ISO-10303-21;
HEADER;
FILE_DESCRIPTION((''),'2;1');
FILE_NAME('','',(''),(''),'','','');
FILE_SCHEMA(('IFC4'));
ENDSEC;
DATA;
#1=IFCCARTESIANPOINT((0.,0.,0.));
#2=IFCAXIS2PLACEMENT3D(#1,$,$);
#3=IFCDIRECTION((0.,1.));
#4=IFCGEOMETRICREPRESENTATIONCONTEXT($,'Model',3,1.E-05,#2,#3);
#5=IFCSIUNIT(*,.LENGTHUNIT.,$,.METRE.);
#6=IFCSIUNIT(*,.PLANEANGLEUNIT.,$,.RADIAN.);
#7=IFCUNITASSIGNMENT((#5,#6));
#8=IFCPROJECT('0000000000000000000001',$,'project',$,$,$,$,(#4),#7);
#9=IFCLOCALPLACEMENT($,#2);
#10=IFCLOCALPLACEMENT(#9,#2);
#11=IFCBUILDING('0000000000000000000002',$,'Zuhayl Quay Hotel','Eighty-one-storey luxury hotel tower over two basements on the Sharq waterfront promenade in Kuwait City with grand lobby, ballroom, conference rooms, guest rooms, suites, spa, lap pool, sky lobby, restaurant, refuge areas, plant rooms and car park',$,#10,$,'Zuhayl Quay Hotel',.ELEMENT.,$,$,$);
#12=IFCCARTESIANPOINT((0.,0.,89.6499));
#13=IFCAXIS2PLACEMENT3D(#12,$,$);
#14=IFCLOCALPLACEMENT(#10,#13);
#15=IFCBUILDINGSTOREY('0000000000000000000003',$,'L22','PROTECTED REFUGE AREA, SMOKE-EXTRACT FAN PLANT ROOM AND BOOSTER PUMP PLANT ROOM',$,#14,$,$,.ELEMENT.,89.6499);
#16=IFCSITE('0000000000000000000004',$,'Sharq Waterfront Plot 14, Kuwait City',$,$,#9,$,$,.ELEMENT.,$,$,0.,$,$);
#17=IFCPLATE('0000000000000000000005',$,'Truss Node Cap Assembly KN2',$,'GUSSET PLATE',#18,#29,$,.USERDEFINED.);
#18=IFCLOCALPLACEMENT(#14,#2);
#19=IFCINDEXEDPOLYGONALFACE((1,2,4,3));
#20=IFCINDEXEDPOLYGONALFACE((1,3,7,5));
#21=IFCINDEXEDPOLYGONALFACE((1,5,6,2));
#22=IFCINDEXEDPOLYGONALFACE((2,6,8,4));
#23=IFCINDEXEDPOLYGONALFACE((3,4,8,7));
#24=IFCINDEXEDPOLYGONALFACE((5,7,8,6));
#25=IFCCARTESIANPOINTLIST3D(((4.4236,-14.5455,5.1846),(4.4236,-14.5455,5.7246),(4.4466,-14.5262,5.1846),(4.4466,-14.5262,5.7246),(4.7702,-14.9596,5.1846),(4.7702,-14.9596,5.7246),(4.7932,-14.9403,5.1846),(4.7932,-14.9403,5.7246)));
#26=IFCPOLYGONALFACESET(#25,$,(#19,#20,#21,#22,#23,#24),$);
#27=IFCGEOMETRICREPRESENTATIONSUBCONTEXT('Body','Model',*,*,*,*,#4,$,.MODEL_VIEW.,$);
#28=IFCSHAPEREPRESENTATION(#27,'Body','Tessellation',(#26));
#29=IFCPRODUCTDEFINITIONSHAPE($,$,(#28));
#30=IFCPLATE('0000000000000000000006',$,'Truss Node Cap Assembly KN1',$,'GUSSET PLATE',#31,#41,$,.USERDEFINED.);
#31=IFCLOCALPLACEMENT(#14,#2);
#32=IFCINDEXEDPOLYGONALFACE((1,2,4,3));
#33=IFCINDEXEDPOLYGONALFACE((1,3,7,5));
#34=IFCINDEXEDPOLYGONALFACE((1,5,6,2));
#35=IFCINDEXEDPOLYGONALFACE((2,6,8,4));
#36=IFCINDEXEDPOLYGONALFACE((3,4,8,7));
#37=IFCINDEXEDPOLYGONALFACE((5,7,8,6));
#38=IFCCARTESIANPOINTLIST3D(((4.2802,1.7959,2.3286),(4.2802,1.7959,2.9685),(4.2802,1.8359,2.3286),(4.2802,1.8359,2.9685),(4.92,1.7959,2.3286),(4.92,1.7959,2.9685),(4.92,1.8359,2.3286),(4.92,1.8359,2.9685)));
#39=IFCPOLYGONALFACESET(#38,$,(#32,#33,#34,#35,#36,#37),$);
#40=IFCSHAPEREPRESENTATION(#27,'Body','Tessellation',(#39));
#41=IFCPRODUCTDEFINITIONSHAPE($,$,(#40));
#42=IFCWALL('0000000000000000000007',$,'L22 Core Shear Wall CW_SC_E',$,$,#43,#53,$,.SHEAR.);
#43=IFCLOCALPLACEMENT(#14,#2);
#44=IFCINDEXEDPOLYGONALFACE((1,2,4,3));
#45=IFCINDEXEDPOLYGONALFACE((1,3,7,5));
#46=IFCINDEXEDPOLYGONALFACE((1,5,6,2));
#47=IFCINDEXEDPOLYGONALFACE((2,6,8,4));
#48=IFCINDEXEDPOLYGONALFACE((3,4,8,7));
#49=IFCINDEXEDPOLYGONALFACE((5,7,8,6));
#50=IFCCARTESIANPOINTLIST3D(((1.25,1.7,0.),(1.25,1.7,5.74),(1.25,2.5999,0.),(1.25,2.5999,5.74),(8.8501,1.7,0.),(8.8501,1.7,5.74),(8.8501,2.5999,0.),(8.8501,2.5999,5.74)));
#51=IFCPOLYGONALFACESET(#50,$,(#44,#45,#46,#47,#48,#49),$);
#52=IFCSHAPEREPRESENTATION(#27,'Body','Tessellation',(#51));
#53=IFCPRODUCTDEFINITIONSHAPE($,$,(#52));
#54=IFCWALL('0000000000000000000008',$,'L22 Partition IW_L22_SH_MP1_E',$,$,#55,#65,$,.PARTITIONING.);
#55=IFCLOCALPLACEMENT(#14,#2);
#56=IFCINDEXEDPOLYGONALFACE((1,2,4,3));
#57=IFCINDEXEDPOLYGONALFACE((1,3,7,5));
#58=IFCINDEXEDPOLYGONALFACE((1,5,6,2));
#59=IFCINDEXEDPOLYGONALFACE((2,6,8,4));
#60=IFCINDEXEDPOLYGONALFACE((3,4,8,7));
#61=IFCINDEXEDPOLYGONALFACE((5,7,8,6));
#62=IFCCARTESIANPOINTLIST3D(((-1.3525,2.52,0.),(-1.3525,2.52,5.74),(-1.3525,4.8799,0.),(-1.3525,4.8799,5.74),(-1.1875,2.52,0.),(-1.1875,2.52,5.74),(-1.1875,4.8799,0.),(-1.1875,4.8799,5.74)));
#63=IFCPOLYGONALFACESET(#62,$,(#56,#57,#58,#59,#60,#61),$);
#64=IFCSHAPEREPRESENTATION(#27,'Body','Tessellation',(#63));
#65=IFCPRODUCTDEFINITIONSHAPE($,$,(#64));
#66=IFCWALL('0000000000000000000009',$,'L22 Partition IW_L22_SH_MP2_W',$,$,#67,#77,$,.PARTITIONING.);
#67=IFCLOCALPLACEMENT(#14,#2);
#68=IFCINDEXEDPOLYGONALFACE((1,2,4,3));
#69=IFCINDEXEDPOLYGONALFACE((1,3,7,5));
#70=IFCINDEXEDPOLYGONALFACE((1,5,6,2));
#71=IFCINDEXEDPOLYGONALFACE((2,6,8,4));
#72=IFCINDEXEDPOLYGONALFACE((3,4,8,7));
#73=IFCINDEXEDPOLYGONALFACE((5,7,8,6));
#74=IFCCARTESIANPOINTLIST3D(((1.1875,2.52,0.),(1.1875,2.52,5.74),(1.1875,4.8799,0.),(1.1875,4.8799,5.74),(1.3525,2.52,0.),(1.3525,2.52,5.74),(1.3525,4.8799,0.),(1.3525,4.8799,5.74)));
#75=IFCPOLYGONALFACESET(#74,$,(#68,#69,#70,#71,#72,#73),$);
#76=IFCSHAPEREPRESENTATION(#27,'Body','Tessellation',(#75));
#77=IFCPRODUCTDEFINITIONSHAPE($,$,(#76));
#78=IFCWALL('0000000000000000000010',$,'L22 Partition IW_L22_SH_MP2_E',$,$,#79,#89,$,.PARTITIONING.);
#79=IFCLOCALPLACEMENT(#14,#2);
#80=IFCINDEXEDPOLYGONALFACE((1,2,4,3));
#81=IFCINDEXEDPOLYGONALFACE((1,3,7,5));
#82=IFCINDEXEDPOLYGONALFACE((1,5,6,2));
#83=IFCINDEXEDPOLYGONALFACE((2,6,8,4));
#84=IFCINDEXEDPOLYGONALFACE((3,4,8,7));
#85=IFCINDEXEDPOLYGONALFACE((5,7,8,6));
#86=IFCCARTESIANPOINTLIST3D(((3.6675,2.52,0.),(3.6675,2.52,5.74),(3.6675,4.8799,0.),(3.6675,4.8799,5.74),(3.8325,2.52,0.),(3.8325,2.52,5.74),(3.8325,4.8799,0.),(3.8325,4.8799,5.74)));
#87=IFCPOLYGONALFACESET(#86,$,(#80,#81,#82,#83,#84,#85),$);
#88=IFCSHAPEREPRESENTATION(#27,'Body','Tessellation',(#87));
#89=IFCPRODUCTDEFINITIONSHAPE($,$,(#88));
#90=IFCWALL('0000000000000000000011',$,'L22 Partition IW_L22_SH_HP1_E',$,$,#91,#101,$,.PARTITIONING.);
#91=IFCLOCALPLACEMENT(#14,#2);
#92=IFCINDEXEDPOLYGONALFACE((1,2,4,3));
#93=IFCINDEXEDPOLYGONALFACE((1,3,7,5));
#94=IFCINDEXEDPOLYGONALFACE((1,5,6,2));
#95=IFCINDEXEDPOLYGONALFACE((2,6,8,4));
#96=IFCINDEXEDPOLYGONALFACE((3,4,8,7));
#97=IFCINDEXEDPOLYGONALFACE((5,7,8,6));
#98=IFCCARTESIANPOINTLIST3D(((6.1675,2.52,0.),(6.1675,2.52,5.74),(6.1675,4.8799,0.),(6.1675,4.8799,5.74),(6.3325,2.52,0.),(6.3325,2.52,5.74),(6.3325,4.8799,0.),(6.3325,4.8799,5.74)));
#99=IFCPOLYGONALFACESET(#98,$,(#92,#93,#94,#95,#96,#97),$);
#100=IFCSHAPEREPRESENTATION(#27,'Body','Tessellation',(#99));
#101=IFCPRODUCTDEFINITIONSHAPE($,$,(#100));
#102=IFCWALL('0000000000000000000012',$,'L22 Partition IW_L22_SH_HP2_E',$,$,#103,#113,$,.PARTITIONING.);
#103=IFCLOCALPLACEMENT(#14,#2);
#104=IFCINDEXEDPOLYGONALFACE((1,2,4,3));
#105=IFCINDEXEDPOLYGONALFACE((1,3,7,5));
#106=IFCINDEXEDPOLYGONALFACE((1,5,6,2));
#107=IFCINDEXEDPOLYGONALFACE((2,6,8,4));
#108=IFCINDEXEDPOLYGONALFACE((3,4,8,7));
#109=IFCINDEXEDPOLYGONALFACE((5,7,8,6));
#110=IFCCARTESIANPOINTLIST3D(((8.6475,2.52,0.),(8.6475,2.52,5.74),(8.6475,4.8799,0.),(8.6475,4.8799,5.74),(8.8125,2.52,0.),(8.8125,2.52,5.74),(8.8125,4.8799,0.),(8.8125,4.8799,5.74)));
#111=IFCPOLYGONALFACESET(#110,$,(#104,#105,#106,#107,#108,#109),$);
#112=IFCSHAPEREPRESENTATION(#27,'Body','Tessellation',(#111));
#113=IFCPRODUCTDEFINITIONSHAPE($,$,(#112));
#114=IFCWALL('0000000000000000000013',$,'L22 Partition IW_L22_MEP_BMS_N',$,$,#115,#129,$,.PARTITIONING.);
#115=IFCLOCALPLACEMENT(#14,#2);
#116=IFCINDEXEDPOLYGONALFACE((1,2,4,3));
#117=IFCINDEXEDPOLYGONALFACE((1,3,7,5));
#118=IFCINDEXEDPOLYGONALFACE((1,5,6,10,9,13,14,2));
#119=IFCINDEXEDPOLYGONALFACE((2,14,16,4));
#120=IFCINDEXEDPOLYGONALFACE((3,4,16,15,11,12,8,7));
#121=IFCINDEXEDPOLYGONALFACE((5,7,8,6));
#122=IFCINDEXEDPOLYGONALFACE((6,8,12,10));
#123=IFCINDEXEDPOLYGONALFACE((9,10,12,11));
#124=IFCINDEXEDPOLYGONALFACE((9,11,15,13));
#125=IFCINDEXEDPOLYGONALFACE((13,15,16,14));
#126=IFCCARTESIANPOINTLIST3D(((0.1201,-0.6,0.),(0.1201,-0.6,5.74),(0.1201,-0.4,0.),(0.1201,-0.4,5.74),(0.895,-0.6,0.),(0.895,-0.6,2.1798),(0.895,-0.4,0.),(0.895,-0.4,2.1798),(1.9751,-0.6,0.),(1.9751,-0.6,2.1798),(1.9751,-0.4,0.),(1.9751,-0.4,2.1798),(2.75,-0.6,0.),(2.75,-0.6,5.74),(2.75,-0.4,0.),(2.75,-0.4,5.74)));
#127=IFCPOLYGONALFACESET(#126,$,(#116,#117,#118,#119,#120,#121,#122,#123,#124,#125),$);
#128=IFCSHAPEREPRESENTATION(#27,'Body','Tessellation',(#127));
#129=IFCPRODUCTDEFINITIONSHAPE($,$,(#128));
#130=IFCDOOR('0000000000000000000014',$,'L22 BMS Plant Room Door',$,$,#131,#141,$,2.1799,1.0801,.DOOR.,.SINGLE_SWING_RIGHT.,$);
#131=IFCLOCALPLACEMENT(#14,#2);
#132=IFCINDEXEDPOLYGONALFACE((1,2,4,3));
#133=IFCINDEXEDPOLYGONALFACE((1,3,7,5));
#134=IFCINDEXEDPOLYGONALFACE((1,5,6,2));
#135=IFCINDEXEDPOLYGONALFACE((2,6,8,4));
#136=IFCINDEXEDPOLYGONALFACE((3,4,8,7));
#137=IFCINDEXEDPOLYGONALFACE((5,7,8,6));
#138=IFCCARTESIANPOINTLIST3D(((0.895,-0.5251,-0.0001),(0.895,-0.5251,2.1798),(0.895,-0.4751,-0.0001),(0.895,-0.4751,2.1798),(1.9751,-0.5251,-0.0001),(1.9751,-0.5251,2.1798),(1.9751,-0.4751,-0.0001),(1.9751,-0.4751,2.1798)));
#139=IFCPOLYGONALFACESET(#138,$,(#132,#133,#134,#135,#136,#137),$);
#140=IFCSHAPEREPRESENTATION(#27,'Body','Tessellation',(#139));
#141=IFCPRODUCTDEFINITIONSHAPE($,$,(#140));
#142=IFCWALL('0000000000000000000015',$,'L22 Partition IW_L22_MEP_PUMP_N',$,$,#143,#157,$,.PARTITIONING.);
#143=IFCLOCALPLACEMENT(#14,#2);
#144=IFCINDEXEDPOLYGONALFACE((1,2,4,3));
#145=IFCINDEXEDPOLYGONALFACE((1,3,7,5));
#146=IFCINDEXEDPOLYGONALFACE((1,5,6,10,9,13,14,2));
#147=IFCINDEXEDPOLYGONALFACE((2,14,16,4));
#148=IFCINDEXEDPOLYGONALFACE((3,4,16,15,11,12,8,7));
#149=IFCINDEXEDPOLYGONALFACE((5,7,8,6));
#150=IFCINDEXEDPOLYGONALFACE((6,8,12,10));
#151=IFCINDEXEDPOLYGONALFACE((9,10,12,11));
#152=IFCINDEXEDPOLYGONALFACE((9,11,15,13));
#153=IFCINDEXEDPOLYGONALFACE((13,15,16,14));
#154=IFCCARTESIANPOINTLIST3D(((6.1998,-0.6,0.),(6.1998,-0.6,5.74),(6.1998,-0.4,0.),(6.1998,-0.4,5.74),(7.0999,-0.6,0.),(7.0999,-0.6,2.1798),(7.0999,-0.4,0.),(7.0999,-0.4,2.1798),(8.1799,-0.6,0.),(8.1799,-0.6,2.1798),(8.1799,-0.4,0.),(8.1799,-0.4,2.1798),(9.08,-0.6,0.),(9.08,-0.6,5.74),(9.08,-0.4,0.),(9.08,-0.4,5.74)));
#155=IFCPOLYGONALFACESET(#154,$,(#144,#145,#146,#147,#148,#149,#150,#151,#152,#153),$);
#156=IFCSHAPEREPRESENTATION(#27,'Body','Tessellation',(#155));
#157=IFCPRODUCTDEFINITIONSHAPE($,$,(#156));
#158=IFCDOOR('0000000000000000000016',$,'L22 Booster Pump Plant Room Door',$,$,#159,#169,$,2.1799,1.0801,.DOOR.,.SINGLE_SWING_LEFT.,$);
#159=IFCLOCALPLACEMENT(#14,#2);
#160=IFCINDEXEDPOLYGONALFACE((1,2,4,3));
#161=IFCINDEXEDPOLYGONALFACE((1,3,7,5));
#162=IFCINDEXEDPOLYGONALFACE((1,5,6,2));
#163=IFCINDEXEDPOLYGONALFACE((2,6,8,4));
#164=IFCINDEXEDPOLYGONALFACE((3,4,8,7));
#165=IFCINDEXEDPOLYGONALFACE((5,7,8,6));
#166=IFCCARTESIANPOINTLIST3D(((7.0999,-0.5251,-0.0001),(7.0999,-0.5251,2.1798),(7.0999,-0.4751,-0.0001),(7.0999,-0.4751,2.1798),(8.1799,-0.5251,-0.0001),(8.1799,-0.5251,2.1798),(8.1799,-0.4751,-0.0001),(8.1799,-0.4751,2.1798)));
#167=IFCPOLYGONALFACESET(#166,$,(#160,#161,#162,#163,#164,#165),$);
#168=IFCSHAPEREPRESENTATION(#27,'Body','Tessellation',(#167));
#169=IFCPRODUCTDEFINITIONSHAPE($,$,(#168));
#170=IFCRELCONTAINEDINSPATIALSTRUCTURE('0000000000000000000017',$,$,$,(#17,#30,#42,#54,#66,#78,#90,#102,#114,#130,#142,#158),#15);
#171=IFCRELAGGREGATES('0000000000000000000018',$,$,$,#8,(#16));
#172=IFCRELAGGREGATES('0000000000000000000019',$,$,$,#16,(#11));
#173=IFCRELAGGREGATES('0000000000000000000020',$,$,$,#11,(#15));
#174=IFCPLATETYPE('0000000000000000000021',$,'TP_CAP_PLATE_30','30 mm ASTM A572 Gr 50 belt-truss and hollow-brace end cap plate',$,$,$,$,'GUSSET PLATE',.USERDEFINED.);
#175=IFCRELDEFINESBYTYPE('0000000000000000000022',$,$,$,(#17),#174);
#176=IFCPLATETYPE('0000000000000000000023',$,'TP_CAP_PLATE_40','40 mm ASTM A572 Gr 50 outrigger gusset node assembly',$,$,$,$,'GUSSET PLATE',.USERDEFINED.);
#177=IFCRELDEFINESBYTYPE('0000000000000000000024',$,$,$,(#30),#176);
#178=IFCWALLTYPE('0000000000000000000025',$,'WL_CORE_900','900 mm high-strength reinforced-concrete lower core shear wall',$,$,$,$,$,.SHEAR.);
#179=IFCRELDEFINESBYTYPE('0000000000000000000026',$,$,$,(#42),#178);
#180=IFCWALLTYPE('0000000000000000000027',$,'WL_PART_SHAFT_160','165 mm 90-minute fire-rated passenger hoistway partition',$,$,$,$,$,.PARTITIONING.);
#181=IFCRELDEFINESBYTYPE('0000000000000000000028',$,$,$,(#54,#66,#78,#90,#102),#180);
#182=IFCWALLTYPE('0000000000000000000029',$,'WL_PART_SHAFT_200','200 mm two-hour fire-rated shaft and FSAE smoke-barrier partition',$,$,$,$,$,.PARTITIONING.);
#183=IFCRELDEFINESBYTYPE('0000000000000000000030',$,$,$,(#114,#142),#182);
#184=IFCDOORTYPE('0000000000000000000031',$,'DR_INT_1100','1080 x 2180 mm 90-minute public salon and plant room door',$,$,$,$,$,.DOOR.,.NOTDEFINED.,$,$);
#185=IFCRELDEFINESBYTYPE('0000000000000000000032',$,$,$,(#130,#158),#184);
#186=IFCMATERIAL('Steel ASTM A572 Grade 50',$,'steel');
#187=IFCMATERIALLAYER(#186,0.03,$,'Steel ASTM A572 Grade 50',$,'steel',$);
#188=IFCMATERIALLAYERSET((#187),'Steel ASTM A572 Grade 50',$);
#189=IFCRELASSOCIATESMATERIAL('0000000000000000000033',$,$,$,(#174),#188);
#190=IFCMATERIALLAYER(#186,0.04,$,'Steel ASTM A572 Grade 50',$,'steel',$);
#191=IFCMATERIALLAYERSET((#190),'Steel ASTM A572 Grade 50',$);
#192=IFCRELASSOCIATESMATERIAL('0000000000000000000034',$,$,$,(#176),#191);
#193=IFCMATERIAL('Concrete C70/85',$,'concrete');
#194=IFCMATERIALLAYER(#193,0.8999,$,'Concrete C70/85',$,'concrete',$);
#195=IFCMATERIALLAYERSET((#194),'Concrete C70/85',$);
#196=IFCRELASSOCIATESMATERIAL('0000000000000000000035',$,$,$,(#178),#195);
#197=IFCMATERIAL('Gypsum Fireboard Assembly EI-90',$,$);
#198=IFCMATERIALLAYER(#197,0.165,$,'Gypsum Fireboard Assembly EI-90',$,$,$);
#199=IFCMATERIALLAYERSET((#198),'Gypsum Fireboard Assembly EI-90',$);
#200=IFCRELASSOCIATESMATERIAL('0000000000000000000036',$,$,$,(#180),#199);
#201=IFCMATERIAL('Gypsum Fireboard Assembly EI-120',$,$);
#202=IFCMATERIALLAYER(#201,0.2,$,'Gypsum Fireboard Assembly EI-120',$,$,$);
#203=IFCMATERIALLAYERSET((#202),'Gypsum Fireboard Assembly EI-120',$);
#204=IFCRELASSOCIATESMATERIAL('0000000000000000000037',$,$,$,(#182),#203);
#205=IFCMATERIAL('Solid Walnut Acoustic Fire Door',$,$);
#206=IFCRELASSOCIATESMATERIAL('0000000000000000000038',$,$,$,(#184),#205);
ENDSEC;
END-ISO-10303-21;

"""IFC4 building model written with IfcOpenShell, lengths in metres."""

from ifc_helpers import new_model, si_unit, direction, frame, frame_2d, origin, origin_2d, place, context, subcontext, project, spatial, rectangle, extrude, material, layer, layer_set, type_object, element, fill, save


model = new_model("IFC4")

# Units and contexts
model_context = context("Model", 3, precision=1e-05, world=origin(), true_north=direction((0.0, 1.0)))
body_context = subcontext(model_context, "Body", "Model", "MODEL_VIEW")
ifc_project = project(units=[si_unit("LENGTHUNIT", "METRE"), si_unit("PLANEANGLEUNIT", "RADIAN")], contexts=[model_context])

# Site, building, storey
site_placement = place(None, origin())
site = spatial("IfcSite", under=ifc_project, at=site_placement, Name="Sharq Waterfront Plot 14, Kuwait City", CompositionType="ELEMENT", RefElevation=0.0)
building_placement = place(site_placement, origin())
building = spatial("IfcBuilding", under=site, at=building_placement, Name="Zuhayl Quay Hotel", Description="Eighty-one-storey luxury hotel tower over two basements on the Sharq waterfront promenade in Kuwait City with grand lobby, ballroom, conference rooms, guest rooms, suites, spa, lap pool, sky lobby, restaurant, refuge areas, plant rooms and car park", LongName="Zuhayl Quay Hotel", CompositionType="ELEMENT")
storey_placement = place(building_placement, frame((0.0, 0.0, 89.6499)))
storey = spatial("IfcBuildingStorey", under=building, at=storey_placement, Name="L22", Description="PROTECTED REFUGE AREA, SMOKE-EXTRACT FAN PLANT ROOM AND BOOSTER PUMP PLANT ROOM", CompositionType="ELEMENT", Elevation=89.6499)

# Shared definitions
ifc_material_1 = material(Name="Concrete C70/85", Category="concrete")

# Plates
ifc_material_2 = material(Name="Steel ASTM A572 Grade 50", Category="steel")
ifc_layer_1 = layer(ifc_material_2, 0.03, Name="Steel ASTM A572 Grade 50", Category="steel")
ifc_layer_set_1 = layer_set([ifc_layer_1], Name="Steel ASTM A572 Grade 50")
plate_type_1 = type_object("IfcPlateType", Name="TP_CAP_PLATE_30", Description="30 mm ASTM A572 Gr 50 belt-truss and hollow-brace end cap plate", ElementType="GUSSET PLATE", PredefinedType="USERDEFINED", material=ifc_layer_set_1)
plate_1_placement = place(storey_placement, frame((4.6084, -14.7429, 5.1846), z_axis=(0.0, 0.0, 1.0), x_axis=(0.766829, 0.641851, 0.0)))
element("IfcPlate", 1, at=plate_1_placement, inside=storey, type_object=plate_type_1, Name="Truss Node Cap Assembly KN2", ObjectType="GUSSET PLATE", PredefinedType="USERDEFINED", context=body_context, shape_type="SweptSolid", body=[
    extrude(rectangle(XDim=0.03, YDim=0.54, at=origin_2d()), origin(), (0.0, 0.0, 1.0), 0.54),
])
ifc_layer_2 = layer(ifc_material_2, 0.04, Name="Steel ASTM A572 Grade 50", Category="steel")
ifc_layer_set_2 = layer_set([ifc_layer_2], Name="Steel ASTM A572 Grade 50")
plate_type_2 = type_object("IfcPlateType", Name="TP_CAP_PLATE_40", Description="40 mm ASTM A572 Gr 50 outrigger gusset node assembly", ElementType="GUSSET PLATE", PredefinedType="USERDEFINED", material=ifc_layer_set_2)
plate_2_placement = place(storey_placement, frame((4.6001, 1.8159, 2.3286), z_axis=(0.0, 0.0, 1.0), x_axis=(0.0, 1.0, 0.0)))
element("IfcPlate", 2, at=plate_2_placement, inside=storey, type_object=plate_type_2, Name="Truss Node Cap Assembly KN1", ObjectType="GUSSET PLATE", PredefinedType="USERDEFINED", context=body_context, shape_type="SweptSolid", body=[
    extrude(rectangle(XDim=0.04, YDim=0.6399, at=origin_2d()), origin(), (0.0, 0.0, 1.0), 0.6399),
])

# Walls
ifc_layer_3 = layer(ifc_material_1, 0.8999, Name="Concrete C70/85", Category="concrete")
ifc_layer_set_3 = layer_set([ifc_layer_3], Name="Concrete C70/85")
wall_type_1 = type_object("IfcWallType", Name="WL_CORE_900", Description="900 mm high-strength reinforced-concrete lower core shear wall", PredefinedType="SHEAR", material=ifc_layer_set_3)
wall_1_placement = place(storey_placement, frame((1.25, 2.1499, 0.0), z_axis=(0.0, 0.0, 1.0), x_axis=(1.0, 0.0, 0.0)))
element("IfcWall", 3, at=wall_1_placement, inside=storey, type_object=wall_type_1, Name="L22 Core Shear Wall CW_SC_E", PredefinedType="SHEAR", context=body_context, shape_type="SweptSolid", body=[
    extrude(rectangle(XDim=7.6001, YDim=0.8999, at=frame_2d((3.8, 0.0))), origin(), (0.0, 0.0, 1.0), 5.74),
])
ifc_material_3 = material(Name="Gypsum Fireboard Assembly EI-90")
ifc_layer_4 = layer(ifc_material_3, 0.165, Name="Gypsum Fireboard Assembly EI-90")
ifc_layer_set_4 = layer_set([ifc_layer_4], Name="Gypsum Fireboard Assembly EI-90")
wall_type_2 = type_object("IfcWallType", Name="WL_PART_SHAFT_160", Description="165 mm 90-minute fire-rated passenger hoistway partition", PredefinedType="PARTITIONING", material=ifc_layer_set_4)
for number, where, z_axis, x_axis, name in (
    (4, (-1.27, 2.52, 0.0), (0.0, 0.0, 1.0), (0.0, 1.0, 0.0), "L22 Partition IW_L22_SH_MP1_E"),
    (5, (1.27, 2.52, 0.0), (0.0, 0.0, 1.0), (0.0, 1.0, 0.0), "L22 Partition IW_L22_SH_MP2_W"),
    (6, (3.75, 2.52, 0.0), (0.0, 0.0, 1.0), (0.0, 1.0, 0.0), "L22 Partition IW_L22_SH_MP2_E"),
    (7, (6.25, 2.52, 0.0), (0.0, 0.0, 1.0), (0.0, 1.0, 0.0), "L22 Partition IW_L22_SH_HP1_E"),
    (8, (8.73, 2.52, 0.0), (0.0, 0.0, 1.0), (0.0, 1.0, 0.0), "L22 Partition IW_L22_SH_HP2_E"),
):
    element("IfcWall", number, at=place(storey_placement, frame(where, z_axis=z_axis, x_axis=x_axis)), inside=storey, type_object=wall_type_2, Name=name, PredefinedType="PARTITIONING", context=body_context, shape_type="SweptSolid", body=[
        extrude(rectangle(XDim=2.3599, YDim=0.165, at=frame_2d((1.1799, 0.0))), origin(), (0.0, 0.0, 1.0), 5.74),
    ])

# Walls, openings, doors
ifc_material_4 = material(Name="Gypsum Fireboard Assembly EI-120")
ifc_layer_5 = layer(ifc_material_4, 0.2, Name="Gypsum Fireboard Assembly EI-120")
ifc_layer_set_5 = layer_set([ifc_layer_5], Name="Gypsum Fireboard Assembly EI-120")
wall_type_3 = type_object("IfcWallType", Name="WL_PART_SHAFT_200", Description="200 mm two-hour fire-rated shaft and FSAE smoke-barrier partition", PredefinedType="PARTITIONING", material=ifc_layer_set_5)
wall_2_placement = place(storey_placement, frame((0.1201, -0.5, 0.0), z_axis=(0.0, 0.0, 1.0), x_axis=(1.0, 0.0, 0.0)))
wall_2 = element("IfcWall", 9, at=wall_2_placement, inside=storey, type_object=wall_type_3, Name="L22 Partition IW_L22_MEP_BMS_N", PredefinedType="PARTITIONING", context=body_context, shape_type="SweptSolid", body=[
    extrude(rectangle(XDim=2.6299, YDim=0.2, at=frame_2d((1.3149, 0.0))), origin(), (0.0, 0.0, 1.0), 5.74),
])
opening_1_placement = place(wall_2_placement, frame((0.7749, 0.0, 0.0)))
opening_1 = element("IfcOpeningElement", 10, at=opening_1_placement, cuts=wall_2, PredefinedType="OPENING", context=body_context, shape_type="SweptSolid", body=[
    extrude(rectangle(XDim=1.0801, YDim=2.1799, at=frame_2d((0.54, 1.0898))), frame((0.0, 0.1099, 0.0), z_axis=(0.0, -1.0, 0.0), x_axis=(1.0, 0.0, 0.0)), (0.0, 0.0, 1.0), 0.22),
])
ifc_material_5 = material(Name="Solid Walnut Acoustic Fire Door")
door_type = type_object("IfcDoorType", Name="DR_INT_1100", Description="1080 x 2180 mm 90-minute public salon and plant room door", OperationType="NOTDEFINED", PredefinedType="DOOR", material=ifc_material_5)
door_1_placement = place(opening_1_placement, origin())
door_1 = element("IfcDoor", 11, at=door_1_placement, inside=storey, type_object=door_type, Name="L22 BMS Plant Room Door", OperationType="SINGLE_SWING_RIGHT", OverallHeight=2.1799, OverallWidth=1.0801, PredefinedType="DOOR", context=body_context, shape_type="SweptSolid", body=[
    extrude(rectangle(XDim=1.0801, YDim=2.1799, at=frame_2d((0.54, 1.0898))), frame((0.0, 0.0249, 0.0), z_axis=(0.0, -1.0, 0.0), x_axis=(1.0, 0.0, 0.0)), (0.0, 0.0, 1.0), 0.05),
])
fill(opening_1, door_1)
wall_3_placement = place(storey_placement, frame((6.2, -0.5, 0.0), z_axis=(0.0, 0.0, 1.0), x_axis=(1.0, 0.0, 0.0)))
wall_3 = element("IfcWall", 12, at=wall_3_placement, inside=storey, type_object=wall_type_3, Name="L22 Partition IW_L22_MEP_PUMP_N", PredefinedType="PARTITIONING", context=body_context, shape_type="SweptSolid", body=[
    extrude(rectangle(XDim=2.8801, YDim=0.2, at=frame_2d((1.4399, 0.0))), origin(), (0.0, 0.0, 1.0), 5.74),
])
opening_2_placement = place(wall_3_placement, frame((0.8999, 0.0, 0.0)))
opening_2 = element("IfcOpeningElement", 13, at=opening_2_placement, cuts=wall_3, PredefinedType="OPENING", context=body_context, shape_type="SweptSolid", body=[
    extrude(rectangle(XDim=1.0801, YDim=2.1799, at=frame_2d((0.54, 1.0898))), frame((0.0, 0.1099, 0.0), z_axis=(0.0, -1.0, 0.0), x_axis=(1.0, 0.0, 0.0)), (0.0, 0.0, 1.0), 0.22),
])
door_2_placement = place(opening_2_placement, origin())
door_2 = element("IfcDoor", 14, at=door_2_placement, inside=storey, type_object=door_type, Name="L22 Booster Pump Plant Room Door", OperationType="SINGLE_SWING_LEFT", OverallHeight=2.1799, OverallWidth=1.0801, PredefinedType="DOOR", context=body_context, shape_type="SweptSolid", body=[
    extrude(rectangle(XDim=1.0801, YDim=2.1799, at=frame_2d((0.54, 1.0898))), frame((0.0, 0.0249, 0.0), z_axis=(0.0, -1.0, 0.0), x_axis=(1.0, 0.0, 0.0)), (0.0, 0.0, 1.0), 0.05),
])
fill(opening_2, door_2)

save(model, "model.ifc")
